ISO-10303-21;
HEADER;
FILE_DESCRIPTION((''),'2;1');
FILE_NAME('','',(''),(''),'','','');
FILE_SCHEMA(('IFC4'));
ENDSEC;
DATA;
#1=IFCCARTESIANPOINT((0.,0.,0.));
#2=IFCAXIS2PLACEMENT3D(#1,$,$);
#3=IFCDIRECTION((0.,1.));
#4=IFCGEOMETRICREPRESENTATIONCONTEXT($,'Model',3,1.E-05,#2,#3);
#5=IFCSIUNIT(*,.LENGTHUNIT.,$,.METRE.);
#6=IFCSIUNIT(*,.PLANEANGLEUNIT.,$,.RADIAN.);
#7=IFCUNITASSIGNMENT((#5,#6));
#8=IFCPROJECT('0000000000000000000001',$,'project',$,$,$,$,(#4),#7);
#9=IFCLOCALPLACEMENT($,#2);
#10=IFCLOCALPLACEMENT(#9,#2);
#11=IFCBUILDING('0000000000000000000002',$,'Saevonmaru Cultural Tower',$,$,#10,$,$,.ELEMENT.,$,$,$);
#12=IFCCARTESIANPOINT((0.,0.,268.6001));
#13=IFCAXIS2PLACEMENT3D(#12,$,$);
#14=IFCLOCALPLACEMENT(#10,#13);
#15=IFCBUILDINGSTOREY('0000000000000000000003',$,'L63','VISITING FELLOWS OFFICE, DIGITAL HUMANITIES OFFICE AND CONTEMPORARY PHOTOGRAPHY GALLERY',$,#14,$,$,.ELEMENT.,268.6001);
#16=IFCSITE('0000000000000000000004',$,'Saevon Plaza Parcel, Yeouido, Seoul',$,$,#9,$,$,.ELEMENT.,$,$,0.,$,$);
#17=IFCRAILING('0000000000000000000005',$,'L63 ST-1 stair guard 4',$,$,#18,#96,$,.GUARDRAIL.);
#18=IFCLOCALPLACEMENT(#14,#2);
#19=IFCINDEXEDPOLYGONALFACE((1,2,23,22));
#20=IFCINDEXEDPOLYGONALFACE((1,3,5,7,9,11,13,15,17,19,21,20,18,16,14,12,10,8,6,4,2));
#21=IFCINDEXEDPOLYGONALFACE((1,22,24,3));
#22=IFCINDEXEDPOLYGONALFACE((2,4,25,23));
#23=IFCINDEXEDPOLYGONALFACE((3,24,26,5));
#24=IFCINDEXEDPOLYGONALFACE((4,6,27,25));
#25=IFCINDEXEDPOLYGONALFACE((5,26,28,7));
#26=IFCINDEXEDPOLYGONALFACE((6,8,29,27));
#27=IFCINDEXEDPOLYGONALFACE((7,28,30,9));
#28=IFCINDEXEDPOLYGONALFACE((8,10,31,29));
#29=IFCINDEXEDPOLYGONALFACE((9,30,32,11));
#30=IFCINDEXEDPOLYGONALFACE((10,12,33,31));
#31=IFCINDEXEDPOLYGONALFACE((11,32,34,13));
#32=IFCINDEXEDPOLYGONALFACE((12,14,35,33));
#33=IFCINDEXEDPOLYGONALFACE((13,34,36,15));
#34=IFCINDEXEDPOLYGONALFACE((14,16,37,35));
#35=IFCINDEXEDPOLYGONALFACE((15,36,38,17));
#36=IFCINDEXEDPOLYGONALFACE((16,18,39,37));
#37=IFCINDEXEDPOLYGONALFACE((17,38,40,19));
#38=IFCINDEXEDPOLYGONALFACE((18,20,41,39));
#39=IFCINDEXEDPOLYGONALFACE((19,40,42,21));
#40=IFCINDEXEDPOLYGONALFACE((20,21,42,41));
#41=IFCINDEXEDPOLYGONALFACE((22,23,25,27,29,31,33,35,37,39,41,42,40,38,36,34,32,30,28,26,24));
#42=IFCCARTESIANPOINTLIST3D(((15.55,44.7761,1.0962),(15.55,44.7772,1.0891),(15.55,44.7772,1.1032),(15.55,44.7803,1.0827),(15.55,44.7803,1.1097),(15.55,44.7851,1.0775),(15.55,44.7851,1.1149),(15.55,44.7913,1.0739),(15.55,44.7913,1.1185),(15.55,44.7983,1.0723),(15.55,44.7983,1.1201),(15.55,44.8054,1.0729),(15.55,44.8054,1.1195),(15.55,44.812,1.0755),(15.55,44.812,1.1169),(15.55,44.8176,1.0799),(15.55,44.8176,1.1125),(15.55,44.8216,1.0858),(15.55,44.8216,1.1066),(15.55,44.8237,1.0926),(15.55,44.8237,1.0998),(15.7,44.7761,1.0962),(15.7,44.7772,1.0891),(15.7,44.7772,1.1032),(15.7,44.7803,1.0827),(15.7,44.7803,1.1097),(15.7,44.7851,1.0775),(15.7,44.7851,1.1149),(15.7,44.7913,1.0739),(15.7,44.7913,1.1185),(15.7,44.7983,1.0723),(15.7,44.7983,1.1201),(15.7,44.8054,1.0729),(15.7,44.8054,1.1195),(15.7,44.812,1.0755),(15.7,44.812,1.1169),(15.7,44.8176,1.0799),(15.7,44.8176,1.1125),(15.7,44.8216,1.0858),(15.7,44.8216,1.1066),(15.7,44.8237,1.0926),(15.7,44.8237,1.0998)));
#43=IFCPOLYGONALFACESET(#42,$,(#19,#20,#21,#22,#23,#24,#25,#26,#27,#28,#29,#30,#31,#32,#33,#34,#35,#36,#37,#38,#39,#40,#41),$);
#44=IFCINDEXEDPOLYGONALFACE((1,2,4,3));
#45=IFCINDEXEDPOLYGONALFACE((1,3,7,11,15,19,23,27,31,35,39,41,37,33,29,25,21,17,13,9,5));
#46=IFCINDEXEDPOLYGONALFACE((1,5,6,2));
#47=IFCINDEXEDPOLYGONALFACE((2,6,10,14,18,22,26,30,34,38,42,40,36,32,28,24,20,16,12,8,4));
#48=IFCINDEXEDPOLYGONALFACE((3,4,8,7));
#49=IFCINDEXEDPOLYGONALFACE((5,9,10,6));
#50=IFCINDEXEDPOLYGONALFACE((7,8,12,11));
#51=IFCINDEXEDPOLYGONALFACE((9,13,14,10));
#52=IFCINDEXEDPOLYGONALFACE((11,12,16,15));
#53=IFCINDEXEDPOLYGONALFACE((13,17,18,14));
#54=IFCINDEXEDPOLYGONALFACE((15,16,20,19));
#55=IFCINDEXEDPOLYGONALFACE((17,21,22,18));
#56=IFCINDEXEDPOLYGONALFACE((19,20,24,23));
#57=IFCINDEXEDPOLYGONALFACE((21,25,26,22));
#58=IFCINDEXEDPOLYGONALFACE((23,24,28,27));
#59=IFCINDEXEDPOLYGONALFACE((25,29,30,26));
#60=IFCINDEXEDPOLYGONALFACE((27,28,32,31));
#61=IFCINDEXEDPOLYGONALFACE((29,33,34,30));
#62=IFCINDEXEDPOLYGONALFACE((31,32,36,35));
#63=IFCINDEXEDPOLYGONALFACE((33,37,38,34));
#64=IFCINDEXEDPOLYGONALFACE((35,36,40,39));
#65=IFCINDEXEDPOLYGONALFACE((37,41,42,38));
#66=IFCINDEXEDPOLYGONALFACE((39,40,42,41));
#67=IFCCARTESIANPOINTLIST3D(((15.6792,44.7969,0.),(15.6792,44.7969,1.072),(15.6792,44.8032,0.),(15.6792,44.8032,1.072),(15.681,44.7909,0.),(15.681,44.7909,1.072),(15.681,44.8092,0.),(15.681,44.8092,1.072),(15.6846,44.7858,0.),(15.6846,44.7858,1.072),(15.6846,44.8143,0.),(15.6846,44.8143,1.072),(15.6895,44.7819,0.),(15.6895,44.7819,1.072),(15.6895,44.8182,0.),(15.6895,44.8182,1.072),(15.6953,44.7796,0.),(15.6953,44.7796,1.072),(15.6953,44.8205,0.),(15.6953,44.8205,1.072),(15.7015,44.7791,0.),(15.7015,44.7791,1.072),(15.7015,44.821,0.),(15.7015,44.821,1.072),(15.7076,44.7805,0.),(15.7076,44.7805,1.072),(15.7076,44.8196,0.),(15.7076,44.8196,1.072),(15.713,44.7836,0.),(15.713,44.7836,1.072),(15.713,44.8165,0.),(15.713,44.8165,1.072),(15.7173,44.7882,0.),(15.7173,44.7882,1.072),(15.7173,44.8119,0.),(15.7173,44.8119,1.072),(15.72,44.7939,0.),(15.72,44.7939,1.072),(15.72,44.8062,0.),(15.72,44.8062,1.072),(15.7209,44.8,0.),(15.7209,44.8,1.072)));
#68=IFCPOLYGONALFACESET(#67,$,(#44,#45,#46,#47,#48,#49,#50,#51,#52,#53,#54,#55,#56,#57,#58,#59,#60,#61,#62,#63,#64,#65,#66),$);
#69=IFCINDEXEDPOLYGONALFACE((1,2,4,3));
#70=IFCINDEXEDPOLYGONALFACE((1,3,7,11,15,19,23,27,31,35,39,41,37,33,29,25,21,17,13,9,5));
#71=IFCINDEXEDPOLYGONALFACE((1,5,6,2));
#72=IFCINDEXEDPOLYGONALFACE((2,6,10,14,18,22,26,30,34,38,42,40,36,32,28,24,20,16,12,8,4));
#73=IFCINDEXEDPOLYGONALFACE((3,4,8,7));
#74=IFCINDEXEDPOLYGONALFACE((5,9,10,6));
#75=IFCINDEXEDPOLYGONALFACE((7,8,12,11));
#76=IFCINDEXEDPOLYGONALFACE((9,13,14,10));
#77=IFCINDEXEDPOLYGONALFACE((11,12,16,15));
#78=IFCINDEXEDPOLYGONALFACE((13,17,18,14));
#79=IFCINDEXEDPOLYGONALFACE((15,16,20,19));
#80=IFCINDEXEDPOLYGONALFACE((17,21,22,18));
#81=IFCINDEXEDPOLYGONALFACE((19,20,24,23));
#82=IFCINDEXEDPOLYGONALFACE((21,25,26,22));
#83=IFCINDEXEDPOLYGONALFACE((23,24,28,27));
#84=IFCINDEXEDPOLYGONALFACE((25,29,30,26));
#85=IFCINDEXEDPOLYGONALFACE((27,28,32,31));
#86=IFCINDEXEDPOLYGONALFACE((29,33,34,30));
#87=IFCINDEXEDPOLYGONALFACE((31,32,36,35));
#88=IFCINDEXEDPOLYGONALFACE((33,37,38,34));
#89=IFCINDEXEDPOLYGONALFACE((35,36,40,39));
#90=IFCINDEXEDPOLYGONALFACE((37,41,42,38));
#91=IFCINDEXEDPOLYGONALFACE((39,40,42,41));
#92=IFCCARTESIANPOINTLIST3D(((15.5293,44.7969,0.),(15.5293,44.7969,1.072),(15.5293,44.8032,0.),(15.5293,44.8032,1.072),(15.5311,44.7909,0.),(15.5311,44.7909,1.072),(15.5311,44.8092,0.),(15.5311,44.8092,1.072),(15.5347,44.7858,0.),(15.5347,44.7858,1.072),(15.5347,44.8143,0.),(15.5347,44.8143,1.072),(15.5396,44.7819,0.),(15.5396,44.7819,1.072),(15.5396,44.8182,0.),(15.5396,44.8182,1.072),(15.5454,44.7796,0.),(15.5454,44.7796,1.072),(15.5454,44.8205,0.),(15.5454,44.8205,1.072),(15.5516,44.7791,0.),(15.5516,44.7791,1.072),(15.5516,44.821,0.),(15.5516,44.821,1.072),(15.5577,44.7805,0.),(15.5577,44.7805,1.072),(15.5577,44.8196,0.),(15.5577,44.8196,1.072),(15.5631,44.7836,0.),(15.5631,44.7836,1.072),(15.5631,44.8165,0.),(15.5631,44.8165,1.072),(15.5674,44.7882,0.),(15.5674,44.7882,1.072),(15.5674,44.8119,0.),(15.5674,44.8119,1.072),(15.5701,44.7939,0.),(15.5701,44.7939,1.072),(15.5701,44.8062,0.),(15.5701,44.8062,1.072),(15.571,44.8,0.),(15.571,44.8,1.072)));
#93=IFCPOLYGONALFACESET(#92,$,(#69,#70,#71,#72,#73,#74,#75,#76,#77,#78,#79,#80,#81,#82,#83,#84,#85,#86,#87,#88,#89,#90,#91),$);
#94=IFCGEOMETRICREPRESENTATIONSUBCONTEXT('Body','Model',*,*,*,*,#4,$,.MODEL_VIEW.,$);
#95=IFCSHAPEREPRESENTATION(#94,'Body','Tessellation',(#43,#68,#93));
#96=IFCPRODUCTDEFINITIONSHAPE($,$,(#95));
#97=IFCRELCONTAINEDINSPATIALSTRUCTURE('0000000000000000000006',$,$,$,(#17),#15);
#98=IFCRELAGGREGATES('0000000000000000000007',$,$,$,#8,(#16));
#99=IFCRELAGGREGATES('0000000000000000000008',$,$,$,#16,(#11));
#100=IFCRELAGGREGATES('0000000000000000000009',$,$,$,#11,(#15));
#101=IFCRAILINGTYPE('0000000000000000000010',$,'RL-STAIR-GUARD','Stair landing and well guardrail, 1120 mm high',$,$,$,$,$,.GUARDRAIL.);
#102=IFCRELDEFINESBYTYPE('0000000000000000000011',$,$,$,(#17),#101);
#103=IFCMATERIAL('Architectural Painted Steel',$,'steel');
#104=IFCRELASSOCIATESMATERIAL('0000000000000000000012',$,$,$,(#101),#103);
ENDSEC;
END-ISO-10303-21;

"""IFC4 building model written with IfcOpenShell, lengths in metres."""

from ifc_helpers import new_model, si_unit, direction, frame, origin, origin_2d, place, context, subcontext, project, spatial, circle, extrude, material, type_object, element, save


model = new_model("IFC4")

# Units and contexts
model_context = context("Model", 3, precision=1e-05, world=origin(), true_north=direction((0.0, 1.0)))
body_context = subcontext(model_context, "Body", "Model", "MODEL_VIEW")
ifc_project = project(units=[si_unit("LENGTHUNIT", "METRE"), si_unit("PLANEANGLEUNIT", "RADIAN")], contexts=[model_context])

# Site, building, storey
site_placement = place(None, origin())
site = spatial("IfcSite", under=ifc_project, at=site_placement, Name="Saevon Plaza Parcel, Yeouido, Seoul", CompositionType="ELEMENT", RefElevation=0.0)
building_placement = place(site_placement, origin())
building = spatial("IfcBuilding", under=site, at=building_placement, Name="Saevonmaru Cultural Tower", CompositionType="ELEMENT")
storey_placement = place(building_placement, frame((0.0, 0.0, 268.6001)))
storey = spatial("IfcBuildingStorey", under=building, at=storey_placement, Name="L63", Description="VISITING FELLOWS OFFICE, DIGITAL HUMANITIES OFFICE AND CONTEMPORARY PHOTOGRAPHY GALLERY", CompositionType="ELEMENT", Elevation=268.6001)

# Railing
ifc_material_1 = material(Name="Architectural Painted Steel", Category="steel")
railing_type_1 = type_object("IfcRailingType", Name="RL-STAIR-GUARD", Description="Stair landing and well guardrail, 1120 mm high", PredefinedType="GUARDRAIL", material=ifc_material_1)
railing_1_placement = place(storey_placement, frame((15.7, 44.8, 0.0)))
element("IfcRailing", 1, at=railing_1_placement, inside=storey, type_object=railing_type_1, Name="L63 ST-1 stair guard 4", PredefinedType="GUARDRAIL", context=body_context, shape_type="SweptSolid", body=[
    extrude(circle(Radius=0.0239, at=origin_2d()), frame((0.0, 0.0, 1.0962), z_axis=(-1.0, 0.0, 0.0), x_axis=(0.0, -1.0, 0.0)), (0.0, 0.0, 1.0), 0.1499),
    extrude(circle(Radius=0.021, at=origin_2d()), origin(), (0.0, 0.0, 1.0), 1.072),
    extrude(circle(Radius=0.021, at=origin_2d()), frame((-0.1499, 0.0, 0.0)), (0.0, 0.0, 1.0), 1.072),
])

save(model, "model.ifc")
